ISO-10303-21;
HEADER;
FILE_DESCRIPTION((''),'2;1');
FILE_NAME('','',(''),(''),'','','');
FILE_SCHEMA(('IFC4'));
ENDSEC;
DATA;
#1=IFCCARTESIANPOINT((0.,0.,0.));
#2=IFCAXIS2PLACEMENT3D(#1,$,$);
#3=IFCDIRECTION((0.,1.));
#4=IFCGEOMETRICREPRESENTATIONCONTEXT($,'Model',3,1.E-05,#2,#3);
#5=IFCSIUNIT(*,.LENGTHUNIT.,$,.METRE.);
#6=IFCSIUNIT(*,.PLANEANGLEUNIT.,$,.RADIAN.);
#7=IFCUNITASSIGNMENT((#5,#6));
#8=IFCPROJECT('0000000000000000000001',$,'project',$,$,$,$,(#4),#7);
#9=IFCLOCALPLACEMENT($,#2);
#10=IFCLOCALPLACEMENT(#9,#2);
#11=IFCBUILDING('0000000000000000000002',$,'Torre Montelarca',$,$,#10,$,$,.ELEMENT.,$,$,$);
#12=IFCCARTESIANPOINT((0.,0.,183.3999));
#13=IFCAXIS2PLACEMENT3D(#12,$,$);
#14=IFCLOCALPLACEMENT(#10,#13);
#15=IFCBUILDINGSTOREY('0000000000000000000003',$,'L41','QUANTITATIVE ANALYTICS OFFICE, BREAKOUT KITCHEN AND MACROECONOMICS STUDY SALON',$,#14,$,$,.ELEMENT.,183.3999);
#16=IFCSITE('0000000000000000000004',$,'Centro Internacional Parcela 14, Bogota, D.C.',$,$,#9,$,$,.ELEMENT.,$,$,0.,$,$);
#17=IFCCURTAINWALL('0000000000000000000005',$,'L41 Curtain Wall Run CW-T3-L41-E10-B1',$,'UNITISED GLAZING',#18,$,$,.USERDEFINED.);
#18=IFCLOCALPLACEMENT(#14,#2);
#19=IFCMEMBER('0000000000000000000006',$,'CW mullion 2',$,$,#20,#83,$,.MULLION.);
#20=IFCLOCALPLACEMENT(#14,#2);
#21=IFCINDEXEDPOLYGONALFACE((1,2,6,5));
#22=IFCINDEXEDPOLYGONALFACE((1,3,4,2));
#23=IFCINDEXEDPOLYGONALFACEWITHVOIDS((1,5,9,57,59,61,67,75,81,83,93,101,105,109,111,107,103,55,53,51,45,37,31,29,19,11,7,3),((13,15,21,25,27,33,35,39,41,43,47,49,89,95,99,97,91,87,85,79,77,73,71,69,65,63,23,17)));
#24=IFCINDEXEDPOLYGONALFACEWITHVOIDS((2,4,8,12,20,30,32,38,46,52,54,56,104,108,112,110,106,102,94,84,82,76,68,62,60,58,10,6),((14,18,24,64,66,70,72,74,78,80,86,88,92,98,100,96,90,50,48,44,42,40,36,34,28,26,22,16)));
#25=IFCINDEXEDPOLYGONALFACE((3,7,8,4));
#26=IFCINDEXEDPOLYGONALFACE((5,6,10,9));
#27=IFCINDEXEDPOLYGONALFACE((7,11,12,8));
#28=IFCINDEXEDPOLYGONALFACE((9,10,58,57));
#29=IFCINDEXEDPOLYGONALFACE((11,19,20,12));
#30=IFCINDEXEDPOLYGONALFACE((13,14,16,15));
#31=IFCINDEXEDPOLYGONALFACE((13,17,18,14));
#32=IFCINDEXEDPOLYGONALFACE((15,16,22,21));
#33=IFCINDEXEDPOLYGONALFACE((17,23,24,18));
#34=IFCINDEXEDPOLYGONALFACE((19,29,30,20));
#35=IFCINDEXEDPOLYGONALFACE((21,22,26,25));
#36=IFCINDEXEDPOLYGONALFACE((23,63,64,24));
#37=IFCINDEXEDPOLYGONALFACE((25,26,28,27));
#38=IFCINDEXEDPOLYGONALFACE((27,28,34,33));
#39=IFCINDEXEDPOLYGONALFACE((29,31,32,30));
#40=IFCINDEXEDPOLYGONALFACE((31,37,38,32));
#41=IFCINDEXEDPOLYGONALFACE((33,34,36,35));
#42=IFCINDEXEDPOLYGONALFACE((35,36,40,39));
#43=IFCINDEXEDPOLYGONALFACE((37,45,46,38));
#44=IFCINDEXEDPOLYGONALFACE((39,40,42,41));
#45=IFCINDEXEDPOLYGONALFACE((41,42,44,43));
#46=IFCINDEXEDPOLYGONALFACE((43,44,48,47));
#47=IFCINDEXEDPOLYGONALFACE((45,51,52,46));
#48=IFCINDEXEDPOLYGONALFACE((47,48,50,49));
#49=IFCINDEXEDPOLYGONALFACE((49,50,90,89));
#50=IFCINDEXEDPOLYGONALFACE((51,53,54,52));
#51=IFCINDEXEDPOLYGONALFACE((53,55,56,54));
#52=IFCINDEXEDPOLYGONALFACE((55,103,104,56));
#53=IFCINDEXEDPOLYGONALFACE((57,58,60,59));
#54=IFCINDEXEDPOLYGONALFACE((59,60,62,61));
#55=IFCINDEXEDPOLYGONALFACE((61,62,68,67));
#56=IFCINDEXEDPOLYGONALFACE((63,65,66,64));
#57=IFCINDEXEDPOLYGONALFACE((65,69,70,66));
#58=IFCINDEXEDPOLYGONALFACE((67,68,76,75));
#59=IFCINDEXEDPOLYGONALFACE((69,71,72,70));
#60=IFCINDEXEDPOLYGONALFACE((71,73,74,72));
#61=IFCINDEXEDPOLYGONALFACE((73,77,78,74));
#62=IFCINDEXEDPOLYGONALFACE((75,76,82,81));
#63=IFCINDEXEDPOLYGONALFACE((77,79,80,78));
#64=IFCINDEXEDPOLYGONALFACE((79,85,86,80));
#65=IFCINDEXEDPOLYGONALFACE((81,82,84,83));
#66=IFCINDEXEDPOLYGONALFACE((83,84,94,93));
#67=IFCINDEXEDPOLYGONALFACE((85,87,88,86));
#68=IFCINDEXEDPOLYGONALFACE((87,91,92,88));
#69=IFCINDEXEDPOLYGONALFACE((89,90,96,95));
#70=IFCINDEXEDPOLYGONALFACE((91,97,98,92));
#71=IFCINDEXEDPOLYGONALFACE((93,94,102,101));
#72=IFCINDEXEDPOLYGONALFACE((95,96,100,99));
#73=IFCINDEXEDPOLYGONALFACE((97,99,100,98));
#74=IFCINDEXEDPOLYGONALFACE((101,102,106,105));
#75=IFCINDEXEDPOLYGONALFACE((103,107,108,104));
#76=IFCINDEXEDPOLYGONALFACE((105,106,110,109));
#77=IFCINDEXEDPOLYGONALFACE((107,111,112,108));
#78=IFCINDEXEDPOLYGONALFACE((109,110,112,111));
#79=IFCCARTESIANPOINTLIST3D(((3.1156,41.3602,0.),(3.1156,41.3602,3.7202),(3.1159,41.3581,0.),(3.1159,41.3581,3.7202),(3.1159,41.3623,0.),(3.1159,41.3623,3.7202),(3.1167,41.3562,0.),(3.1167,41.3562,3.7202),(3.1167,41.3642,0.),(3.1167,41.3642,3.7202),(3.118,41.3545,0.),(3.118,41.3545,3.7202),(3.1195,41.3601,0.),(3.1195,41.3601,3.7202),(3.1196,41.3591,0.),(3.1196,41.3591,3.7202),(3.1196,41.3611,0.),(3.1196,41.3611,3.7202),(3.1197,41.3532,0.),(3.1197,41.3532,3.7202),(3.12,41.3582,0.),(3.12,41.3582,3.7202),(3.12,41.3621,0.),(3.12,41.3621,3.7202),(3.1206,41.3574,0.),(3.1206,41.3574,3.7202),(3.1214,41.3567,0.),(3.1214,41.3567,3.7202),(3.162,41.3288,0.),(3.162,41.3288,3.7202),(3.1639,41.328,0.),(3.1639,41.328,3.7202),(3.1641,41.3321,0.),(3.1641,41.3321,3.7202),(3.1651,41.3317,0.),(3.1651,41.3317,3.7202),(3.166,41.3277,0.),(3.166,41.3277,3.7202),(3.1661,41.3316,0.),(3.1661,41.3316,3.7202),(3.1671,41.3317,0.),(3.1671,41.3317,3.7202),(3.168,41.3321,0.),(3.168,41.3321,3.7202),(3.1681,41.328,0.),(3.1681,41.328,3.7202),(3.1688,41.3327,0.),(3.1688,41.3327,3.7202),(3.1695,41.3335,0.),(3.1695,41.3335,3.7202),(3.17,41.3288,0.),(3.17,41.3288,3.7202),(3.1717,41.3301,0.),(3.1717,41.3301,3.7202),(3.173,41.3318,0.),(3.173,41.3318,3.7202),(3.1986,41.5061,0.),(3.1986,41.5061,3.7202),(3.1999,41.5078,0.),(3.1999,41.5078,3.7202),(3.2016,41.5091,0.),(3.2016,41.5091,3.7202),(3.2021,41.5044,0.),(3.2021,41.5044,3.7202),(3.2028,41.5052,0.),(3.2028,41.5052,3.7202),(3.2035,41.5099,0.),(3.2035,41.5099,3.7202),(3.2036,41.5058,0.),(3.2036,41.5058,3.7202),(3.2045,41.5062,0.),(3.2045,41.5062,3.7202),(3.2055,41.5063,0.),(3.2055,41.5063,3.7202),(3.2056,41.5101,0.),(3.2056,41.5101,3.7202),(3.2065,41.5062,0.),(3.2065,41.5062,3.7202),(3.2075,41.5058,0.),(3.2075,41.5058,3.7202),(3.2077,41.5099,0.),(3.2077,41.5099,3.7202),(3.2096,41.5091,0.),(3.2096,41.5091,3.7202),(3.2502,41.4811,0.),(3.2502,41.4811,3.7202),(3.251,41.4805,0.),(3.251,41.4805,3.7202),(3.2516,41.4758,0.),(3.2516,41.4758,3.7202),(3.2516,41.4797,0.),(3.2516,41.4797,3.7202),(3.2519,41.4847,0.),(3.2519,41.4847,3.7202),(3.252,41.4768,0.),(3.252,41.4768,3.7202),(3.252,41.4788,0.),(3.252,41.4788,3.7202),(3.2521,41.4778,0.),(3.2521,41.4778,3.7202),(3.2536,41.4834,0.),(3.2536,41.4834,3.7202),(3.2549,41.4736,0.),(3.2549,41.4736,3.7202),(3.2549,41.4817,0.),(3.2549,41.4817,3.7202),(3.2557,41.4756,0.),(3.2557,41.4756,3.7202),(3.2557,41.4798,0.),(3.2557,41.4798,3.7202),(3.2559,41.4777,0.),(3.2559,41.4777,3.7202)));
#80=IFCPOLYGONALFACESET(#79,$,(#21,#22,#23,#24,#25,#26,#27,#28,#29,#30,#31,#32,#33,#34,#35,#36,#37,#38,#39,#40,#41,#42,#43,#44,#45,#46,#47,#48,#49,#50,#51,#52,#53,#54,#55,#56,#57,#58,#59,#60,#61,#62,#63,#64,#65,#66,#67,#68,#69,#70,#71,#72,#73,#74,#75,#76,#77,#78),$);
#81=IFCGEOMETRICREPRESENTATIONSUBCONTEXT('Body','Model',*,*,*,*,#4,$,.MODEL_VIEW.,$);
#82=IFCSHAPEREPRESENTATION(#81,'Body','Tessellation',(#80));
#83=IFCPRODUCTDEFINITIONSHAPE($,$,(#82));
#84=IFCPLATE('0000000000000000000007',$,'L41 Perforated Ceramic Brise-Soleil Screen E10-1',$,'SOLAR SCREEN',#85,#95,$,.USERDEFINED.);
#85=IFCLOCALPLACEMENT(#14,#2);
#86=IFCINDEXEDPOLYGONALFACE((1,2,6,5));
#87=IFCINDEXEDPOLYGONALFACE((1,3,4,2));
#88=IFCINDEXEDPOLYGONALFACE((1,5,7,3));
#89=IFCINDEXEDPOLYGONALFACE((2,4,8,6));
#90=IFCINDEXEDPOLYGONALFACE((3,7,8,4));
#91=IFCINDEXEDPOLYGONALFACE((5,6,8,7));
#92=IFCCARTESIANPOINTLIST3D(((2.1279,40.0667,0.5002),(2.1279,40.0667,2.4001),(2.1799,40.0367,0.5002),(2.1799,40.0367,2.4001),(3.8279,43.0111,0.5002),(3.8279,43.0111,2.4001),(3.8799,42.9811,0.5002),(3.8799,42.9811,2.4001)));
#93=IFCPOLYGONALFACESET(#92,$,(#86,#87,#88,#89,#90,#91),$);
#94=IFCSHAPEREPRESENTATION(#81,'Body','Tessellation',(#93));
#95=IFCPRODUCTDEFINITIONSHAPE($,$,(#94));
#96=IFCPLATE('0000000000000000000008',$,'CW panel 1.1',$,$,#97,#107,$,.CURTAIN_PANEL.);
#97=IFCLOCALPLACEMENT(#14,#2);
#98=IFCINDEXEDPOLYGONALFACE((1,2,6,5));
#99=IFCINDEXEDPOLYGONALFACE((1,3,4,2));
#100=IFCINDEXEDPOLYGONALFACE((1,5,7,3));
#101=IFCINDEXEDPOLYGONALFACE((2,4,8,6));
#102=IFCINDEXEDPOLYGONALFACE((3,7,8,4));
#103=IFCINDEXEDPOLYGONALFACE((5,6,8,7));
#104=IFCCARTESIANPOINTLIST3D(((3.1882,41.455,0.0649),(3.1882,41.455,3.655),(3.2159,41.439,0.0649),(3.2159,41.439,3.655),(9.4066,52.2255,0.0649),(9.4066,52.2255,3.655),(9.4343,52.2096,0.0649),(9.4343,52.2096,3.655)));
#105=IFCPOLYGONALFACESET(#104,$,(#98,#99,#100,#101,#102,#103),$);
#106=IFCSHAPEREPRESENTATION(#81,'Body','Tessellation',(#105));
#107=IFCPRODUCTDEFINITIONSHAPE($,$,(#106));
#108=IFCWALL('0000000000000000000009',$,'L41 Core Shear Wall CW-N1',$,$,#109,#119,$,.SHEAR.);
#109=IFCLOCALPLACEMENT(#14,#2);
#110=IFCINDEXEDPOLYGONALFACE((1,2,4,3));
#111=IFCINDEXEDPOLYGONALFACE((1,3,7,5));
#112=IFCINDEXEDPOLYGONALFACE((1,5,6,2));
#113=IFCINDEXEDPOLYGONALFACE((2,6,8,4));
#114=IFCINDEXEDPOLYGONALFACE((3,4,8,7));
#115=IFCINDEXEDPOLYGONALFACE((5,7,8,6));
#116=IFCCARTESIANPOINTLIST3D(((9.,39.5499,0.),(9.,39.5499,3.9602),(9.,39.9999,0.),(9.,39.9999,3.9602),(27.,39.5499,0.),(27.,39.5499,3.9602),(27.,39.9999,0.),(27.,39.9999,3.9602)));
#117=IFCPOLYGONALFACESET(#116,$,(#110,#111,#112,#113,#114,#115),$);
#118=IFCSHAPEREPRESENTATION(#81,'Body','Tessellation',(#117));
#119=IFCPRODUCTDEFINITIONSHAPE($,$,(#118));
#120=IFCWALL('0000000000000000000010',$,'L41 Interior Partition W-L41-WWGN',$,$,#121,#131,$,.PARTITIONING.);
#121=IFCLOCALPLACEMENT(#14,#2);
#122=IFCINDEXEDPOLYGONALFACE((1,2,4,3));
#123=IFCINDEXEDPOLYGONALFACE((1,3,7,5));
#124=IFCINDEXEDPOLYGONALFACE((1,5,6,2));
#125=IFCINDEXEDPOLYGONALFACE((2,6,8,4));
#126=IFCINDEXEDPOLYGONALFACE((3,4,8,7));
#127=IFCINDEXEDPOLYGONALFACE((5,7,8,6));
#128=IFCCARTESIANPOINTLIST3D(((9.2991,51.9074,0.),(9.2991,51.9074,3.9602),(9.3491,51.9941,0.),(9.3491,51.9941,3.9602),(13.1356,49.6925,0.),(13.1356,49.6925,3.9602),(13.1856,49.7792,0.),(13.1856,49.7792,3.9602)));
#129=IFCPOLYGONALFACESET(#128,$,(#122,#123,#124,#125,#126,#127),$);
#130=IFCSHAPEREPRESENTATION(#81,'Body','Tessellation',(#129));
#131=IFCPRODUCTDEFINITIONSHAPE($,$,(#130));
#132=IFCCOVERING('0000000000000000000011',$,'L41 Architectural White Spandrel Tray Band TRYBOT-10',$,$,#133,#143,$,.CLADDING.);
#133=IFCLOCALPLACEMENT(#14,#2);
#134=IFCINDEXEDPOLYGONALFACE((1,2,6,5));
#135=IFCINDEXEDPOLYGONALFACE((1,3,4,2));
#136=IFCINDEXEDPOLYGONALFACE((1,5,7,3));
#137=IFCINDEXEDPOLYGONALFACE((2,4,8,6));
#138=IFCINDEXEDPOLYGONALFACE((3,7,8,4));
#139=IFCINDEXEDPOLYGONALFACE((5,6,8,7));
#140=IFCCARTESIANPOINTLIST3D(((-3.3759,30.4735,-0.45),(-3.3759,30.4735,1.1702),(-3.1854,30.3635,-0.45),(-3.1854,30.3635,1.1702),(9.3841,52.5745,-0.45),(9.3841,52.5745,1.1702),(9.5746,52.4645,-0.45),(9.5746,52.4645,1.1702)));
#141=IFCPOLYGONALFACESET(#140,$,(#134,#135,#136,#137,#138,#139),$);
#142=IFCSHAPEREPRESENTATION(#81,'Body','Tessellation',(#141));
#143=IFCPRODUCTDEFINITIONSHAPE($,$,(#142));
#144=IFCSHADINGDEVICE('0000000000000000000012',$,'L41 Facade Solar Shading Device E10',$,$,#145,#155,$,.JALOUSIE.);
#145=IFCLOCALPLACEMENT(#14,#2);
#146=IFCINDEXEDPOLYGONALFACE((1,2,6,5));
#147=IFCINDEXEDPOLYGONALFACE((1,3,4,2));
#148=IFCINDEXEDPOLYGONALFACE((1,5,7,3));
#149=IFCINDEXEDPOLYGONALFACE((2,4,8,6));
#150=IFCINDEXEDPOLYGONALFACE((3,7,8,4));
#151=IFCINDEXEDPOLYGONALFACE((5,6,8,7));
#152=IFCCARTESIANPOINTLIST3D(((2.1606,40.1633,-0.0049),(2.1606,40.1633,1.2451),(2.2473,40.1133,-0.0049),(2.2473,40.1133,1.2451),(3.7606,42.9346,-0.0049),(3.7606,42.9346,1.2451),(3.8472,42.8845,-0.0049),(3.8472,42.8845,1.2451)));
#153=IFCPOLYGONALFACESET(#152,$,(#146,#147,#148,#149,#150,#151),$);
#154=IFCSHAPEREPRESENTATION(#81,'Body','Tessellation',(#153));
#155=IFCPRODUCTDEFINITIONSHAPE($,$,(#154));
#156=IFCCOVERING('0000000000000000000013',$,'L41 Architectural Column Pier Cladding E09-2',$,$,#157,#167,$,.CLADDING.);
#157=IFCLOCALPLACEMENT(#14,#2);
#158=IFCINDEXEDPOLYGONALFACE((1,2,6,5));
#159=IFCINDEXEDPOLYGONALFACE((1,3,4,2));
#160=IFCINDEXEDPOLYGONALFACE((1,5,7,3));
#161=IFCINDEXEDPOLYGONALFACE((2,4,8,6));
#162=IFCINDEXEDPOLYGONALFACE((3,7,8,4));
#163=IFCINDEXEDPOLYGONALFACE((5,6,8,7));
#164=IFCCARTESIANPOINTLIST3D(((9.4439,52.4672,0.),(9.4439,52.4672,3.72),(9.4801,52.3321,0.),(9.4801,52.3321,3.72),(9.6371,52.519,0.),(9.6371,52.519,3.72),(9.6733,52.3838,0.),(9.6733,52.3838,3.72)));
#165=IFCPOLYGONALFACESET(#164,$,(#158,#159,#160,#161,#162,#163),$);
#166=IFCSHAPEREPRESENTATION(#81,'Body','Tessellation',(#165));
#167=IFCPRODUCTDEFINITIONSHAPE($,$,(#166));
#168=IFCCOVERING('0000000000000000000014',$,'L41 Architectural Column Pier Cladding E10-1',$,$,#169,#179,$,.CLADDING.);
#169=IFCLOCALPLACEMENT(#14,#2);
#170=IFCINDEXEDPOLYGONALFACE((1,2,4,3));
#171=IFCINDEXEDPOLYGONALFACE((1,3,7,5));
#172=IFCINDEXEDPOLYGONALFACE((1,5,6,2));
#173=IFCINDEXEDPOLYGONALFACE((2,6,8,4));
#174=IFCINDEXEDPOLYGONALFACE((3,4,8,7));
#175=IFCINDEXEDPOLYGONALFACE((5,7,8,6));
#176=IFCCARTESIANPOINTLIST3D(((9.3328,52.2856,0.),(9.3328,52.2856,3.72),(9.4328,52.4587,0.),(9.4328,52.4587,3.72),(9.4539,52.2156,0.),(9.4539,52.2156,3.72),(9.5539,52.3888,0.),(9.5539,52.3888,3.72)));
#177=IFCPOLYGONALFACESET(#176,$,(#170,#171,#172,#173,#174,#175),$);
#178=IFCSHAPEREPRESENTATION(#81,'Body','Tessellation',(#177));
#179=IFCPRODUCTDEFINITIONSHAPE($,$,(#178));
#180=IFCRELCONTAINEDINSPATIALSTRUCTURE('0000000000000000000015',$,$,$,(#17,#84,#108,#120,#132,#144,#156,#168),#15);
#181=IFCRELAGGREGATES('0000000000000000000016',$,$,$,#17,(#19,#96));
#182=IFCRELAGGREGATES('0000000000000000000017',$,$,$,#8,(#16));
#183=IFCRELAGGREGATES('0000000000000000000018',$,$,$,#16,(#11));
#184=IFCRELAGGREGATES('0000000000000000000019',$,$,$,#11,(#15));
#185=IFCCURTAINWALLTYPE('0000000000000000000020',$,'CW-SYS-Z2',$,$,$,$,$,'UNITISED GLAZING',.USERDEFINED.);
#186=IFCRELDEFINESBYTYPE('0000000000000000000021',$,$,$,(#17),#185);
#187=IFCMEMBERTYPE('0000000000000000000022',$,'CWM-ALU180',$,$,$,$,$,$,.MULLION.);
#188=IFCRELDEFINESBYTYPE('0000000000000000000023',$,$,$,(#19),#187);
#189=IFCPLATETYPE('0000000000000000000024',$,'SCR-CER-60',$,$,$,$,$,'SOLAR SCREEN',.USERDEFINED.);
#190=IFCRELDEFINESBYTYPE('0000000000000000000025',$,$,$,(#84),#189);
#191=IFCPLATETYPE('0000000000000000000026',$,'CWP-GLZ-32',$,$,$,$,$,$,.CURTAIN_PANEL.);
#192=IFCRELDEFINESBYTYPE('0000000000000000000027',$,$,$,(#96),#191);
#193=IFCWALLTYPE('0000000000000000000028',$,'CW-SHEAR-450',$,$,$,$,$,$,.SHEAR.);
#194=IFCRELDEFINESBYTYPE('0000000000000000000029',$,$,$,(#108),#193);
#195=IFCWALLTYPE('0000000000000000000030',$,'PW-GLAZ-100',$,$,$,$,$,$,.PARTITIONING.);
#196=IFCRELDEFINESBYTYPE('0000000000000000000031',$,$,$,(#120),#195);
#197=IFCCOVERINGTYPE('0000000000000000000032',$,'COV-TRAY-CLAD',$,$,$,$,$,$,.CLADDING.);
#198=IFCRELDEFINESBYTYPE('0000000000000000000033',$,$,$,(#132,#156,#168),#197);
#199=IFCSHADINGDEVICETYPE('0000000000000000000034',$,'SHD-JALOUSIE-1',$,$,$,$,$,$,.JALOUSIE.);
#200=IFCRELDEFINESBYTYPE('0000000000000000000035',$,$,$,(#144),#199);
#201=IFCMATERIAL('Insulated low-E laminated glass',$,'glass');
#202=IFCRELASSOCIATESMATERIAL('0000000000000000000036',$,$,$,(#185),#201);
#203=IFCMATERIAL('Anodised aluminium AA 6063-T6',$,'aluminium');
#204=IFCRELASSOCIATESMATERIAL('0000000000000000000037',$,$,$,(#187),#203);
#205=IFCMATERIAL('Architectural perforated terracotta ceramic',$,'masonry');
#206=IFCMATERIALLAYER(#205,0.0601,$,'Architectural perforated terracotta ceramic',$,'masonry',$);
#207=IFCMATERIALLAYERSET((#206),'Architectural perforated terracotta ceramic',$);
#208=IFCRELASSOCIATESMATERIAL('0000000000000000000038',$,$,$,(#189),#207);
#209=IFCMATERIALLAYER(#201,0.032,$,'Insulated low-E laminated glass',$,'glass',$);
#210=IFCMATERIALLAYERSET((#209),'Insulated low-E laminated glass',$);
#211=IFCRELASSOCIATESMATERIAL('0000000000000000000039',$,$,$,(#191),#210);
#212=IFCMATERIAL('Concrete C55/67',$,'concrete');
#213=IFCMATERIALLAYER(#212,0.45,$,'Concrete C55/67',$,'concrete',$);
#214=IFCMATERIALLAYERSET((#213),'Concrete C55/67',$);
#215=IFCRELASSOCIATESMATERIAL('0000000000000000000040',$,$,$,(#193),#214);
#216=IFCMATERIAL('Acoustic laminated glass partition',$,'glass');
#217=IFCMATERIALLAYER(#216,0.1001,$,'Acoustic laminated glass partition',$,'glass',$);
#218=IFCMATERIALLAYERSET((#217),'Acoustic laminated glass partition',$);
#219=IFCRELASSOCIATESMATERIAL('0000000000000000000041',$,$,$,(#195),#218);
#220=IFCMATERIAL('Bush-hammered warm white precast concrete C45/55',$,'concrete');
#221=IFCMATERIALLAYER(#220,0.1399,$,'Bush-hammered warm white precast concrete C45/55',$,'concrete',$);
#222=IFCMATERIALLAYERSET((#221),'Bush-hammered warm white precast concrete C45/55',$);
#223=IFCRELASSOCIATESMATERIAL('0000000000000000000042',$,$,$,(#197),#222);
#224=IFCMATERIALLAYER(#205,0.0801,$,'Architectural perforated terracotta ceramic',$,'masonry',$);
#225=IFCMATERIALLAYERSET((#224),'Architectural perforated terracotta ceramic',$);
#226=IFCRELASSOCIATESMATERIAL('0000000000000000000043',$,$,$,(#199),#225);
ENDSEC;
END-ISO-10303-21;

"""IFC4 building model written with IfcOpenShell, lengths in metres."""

from ifc_helpers import new_model, si_unit, direction, frame, frame_2d, origin, origin_2d, place, context, subcontext, project, spatial, rectangle, hollow_rectangle, extrude, source, transform, mapped, material, layer, layer_set, material_profile, profile_set, type_object, element, aggregate, save


model = new_model("IFC4")

# Units and contexts
model_context = context("Model", 3, precision=1e-05, world=origin(), true_north=direction((0.0, 1.0)))
body_context = subcontext(model_context, "Body", "Model", "MODEL_VIEW")
ifc_project = project(units=[si_unit("LENGTHUNIT", "METRE"), si_unit("PLANEANGLEUNIT", "RADIAN")], contexts=[model_context])

# Site, building, storey
site_placement = place(None, origin())
site = spatial("IfcSite", under=ifc_project, at=site_placement, Name="Centro Internacional Parcela 14, Bogota, D.C.", CompositionType="ELEMENT", RefElevation=0.0)
building_placement = place(site_placement, origin())
building = spatial("IfcBuilding", under=site, at=building_placement, Name="Torre Montelarca", CompositionType="ELEMENT")
storey_placement = place(building_placement, frame((0.0, 0.0, 183.3999)))
storey = spatial("IfcBuildingStorey", under=building, at=storey_placement, Name="L41", Description="QUANTITATIVE ANALYTICS OFFICE, BREAKOUT KITCHEN AND MACROECONOMICS STUDY SALON", CompositionType="ELEMENT", Elevation=183.3999)

# Shared definitions
ifc_material_1 = material(Name="Concrete C55/67", Category="concrete")

# Curtain wall
ifc_material_2 = material(Name="Insulated low-E laminated glass", Category="glass")
curtain_wall_type = type_object("IfcCurtainWallType", Name="CW-SYS-Z2", ElementType="UNITISED GLAZING", PredefinedType="USERDEFINED", material=ifc_material_2)
curtain_wall_1_placement = place(storey_placement, origin())
curtain_wall_1 = element("IfcCurtainWall", 1, at=curtain_wall_1_placement, inside=storey, type_object=curtain_wall_type, Name="L41 Curtain Wall Run CW-T3-L41-E10-B1", ObjectType="UNITISED GLAZING", PredefinedType="USERDEFINED")
ifc_material_3 = material(Name="Anodised aluminium AA 6063-T6", Category="aluminium")

# Shared definitions
ifc_material_profile_1 = material_profile(ifc_material_3, hollow_rectangle(XDim=0.0649, YDim=0.1799, WallThickness=0.0039, InnerFilletRadius=0.0039, OuterFilletRadius=0.0081, at=origin_2d()), Name="ALU65X180X4", Category="aluminium")
ifc_profile_set_1 = profile_set([ifc_material_profile_1], Name="Anodised aluminium AA 6063-T6")
member_type_1 = type_object("IfcMemberType", Name="CWM-ALU180", PredefinedType="MULLION", material=ifc_profile_set_1)
shared_shape_1 = source(origin(), body_context, "Body", "SweptSolid", [
    extrude(hollow_rectangle(XDim=0.0649, YDim=0.1799, WallThickness=0.0039, InnerFilletRadius=0.0039, OuterFilletRadius=0.0081, at=origin_2d()), origin(), (0.0, 0.0, 1.0), 3.7202),
])

# Member
member_1_placement = place(storey_placement, frame((3.1858, 41.4189, 0.0), z_axis=(0.0, 0.0, 1.0), x_axis=(0.866025, -0.500001, 0.0)))
member_1 = element("IfcMember", 2, at=member_1_placement, type_object=member_type_1, Name="CW mullion 2", PredefinedType="MULLION", context=body_context, shape_type="MappedRepresentation", body=[
    mapped(shared_shape_1, transform((0.0, 0.0, 0.0), scale=1.0)),
])

# Plates
ifc_material_4 = material(Name="Architectural perforated terracotta ceramic", Category="masonry")
ifc_layer_1 = layer(ifc_material_4, 0.0601, Name="Architectural perforated terracotta ceramic", Category="masonry")
ifc_layer_set_1 = layer_set([ifc_layer_1], Name="Architectural perforated terracotta ceramic")
plate_type_1 = type_object("IfcPlateType", Name="SCR-CER-60", ElementType="SOLAR SCREEN", PredefinedType="USERDEFINED", material=ifc_layer_set_1)
shared_shape_2 = source(origin(), body_context, "Body", "SweptSolid", [
    extrude(rectangle(XDim=3.3999, YDim=0.0601, at=origin_2d()), origin(), (0.0, 0.0, 1.0), 1.8999),
])
plate_1_placement = place(storey_placement, frame((3.0039, 41.5239, 0.5002), z_axis=(0.0, 0.0, 1.0), x_axis=(-0.500002, -0.866025, 0.0)))
element("IfcPlate", 3, at=plate_1_placement, inside=storey, type_object=plate_type_1, Name="L41 Perforated Ceramic Brise-Soleil Screen E10-1", ObjectType="SOLAR SCREEN", PredefinedType="USERDEFINED", context=body_context, shape_type="MappedRepresentation", body=[
    mapped(shared_shape_2, transform((0.0, 0.0, 0.0), scale=1.0)),
])
ifc_layer_2 = layer(ifc_material_2, 0.032, Name="Insulated low-E laminated glass", Category="glass")
ifc_layer_set_2 = layer_set([ifc_layer_2], Name="Insulated low-E laminated glass")
plate_type_2 = type_object("IfcPlateType", Name="CWP-GLZ-32", PredefinedType="CURTAIN_PANEL", material=ifc_layer_set_2)
shared_shape_3 = source(origin(), body_context, "Body", "SweptSolid", [
    extrude(rectangle(XDim=12.4368, YDim=0.032, at=origin_2d()), origin(), (0.0, 0.0, 1.0), 3.5901),
])
plate_2_placement = place(storey_placement, frame((6.3113, 46.8323, 0.0649), z_axis=(0.0, 0.0, 1.0), x_axis=(-0.500001, -0.866025, 0.0)))
plate_2 = element("IfcPlate", 4, at=plate_2_placement, type_object=plate_type_2, Name="CW panel 1.1", PredefinedType="CURTAIN_PANEL", context=body_context, shape_type="MappedRepresentation", body=[
    mapped(shared_shape_3, transform((0.0, 0.0, 0.0), scale=1.0)),
])
aggregate(curtain_wall_1, [member_1, plate_2])

# Walls
ifc_layer_3 = layer(ifc_material_1, 0.45, Name="Concrete C55/67", Category="concrete")
ifc_layer_set_3 = layer_set([ifc_layer_3], Name="Concrete C55/67")
wall_type_1 = type_object("IfcWallType", Name="CW-SHEAR-450", PredefinedType="SHEAR", material=ifc_layer_set_3)
wall_1_placement = place(storey_placement, frame((9.0, 39.7749, 0.0), z_axis=(0.0, 0.0, 1.0), x_axis=(1.0, 0.0, 0.0)))
element("IfcWall", 5, at=wall_1_placement, inside=storey, type_object=wall_type_1, Name="L41 Core Shear Wall CW-N1", PredefinedType="SHEAR", context=body_context, shape_type="SweptSolid", body=[
    extrude(rectangle(XDim=18.0, YDim=0.45, at=frame_2d((9.0, 0.0))), origin(), (0.0, 0.0, 1.0), 3.9602),
])
ifc_material_5 = material(Name="Acoustic laminated glass partition", Category="glass")
ifc_layer_4 = layer(ifc_material_5, 0.1001, Name="Acoustic laminated glass partition", Category="glass")
ifc_layer_set_4 = layer_set([ifc_layer_4], Name="Acoustic laminated glass partition")
wall_type_2 = type_object("IfcWallType", Name="PW-GLAZ-100", PredefinedType="PARTITIONING", material=ifc_layer_set_4)
wall_2_placement = place(storey_placement, frame((9.3242, 51.9507, 0.0), z_axis=(0.0, 0.0, 1.0), x_axis=(0.866037, -0.49998, 0.0)))
element("IfcWall", 6, at=wall_2_placement, inside=storey, type_object=wall_type_2, Name="L41 Interior Partition W-L41-WWGN", PredefinedType="PARTITIONING", context=body_context, shape_type="SweptSolid", body=[
    extrude(rectangle(XDim=4.4299, YDim=0.1001, at=frame_2d((2.2148, 0.0))), origin(), (0.0, 0.0, 1.0), 3.9602),
])

# Covering
ifc_material_6 = material(Name="Bush-hammered warm white precast concrete C45/55", Category="concrete")
ifc_layer_5 = layer(ifc_material_6, 0.1399, Name="Bush-hammered warm white precast concrete C45/55", Category="concrete")
ifc_layer_set_5 = layer_set([ifc_layer_5], Name="Bush-hammered warm white precast concrete C45/55")
covering_type = type_object("IfcCoveringType", Name="COV-TRAY-CLAD", PredefinedType="CLADDING", material=ifc_layer_set_5)
shared_shape_4 = source(origin(), body_context, "Body", "SweptSolid", [
    extrude(rectangle(XDim=25.52, YDim=0.22, at=origin_2d()), origin(), (0.0, 0.0, 1.0), 1.6201),
])
covering_placement = place(storey_placement, frame((3.0994, 41.469, -0.45), z_axis=(0.0, 0.0, 1.0), x_axis=(-0.500002, -0.866025, 0.0)))
element("IfcCovering", 7, at=covering_placement, inside=storey, type_object=covering_type, Name="L41 Architectural White Spandrel Tray Band TRYBOT-10", PredefinedType="CLADDING", context=body_context, shape_type="MappedRepresentation", body=[
    mapped(shared_shape_4, transform((0.0, 0.0, 0.0), scale=1.0)),
])

# Shading device
ifc_layer_6 = layer(ifc_material_4, 0.0801, Name="Architectural perforated terracotta ceramic", Category="masonry")
ifc_layer_set_6 = layer_set([ifc_layer_6], Name="Architectural perforated terracotta ceramic")
shading_device_type = type_object("IfcShadingDeviceType", Name="SHD-JALOUSIE-1", PredefinedType="JALOUSIE", material=ifc_layer_set_6)
shared_shape_5 = source(origin(), body_context, "Body", "SweptSolid", [
    extrude(rectangle(XDim=3.2, YDim=0.1001, at=origin_2d()), origin(), (0.0, 0.0, 1.0), 1.25),
])
shading_device_placement = place(storey_placement, frame((3.0039, 41.5239, -0.0049), z_axis=(0.0, 0.0, 1.0), x_axis=(-0.500002, -0.866025, 0.0)))
element("IfcShadingDevice", 8, at=shading_device_placement, inside=storey, type_object=shading_device_type, Name="L41 Facade Solar Shading Device E10", PredefinedType="JALOUSIE", context=body_context, shape_type="MappedRepresentation", body=[
    mapped(shared_shape_5, transform((0.0, 0.0, 0.0), scale=1.0)),
])

# Coverings
shared_shape_6 = source(origin(), body_context, "Body", "SweptSolid", [
    extrude(rectangle(XDim=0.2, YDim=0.1399, at=origin_2d()), origin(), (0.0, 0.0, 1.0), 3.72),
])
for number, where, z_axis, x_axis, name in (
    (9, (9.5586, 52.4255, 0.0), (0.0, 0.0, 1.0), (-0.965926, -0.258819, 0.0), "L41 Architectural Column Pier Cladding E09-2"),
    (10, (9.4434, 52.3372, 0.0), (0.0, 0.0, 1.0), (-0.500002, -0.866025, 0.0), "L41 Architectural Column Pier Cladding E10-1"),
):
    element("IfcCovering", number, at=place(storey_placement, frame(where, z_axis=z_axis, x_axis=x_axis)), inside=storey, type_object=covering_type, Name=name, PredefinedType="CLADDING", context=body_context, shape_type="MappedRepresentation", body=[
        mapped(shared_shape_6, transform((0.0, 0.0, 0.0), scale=1.0)),
    ])

save(model, "model.ifc")
